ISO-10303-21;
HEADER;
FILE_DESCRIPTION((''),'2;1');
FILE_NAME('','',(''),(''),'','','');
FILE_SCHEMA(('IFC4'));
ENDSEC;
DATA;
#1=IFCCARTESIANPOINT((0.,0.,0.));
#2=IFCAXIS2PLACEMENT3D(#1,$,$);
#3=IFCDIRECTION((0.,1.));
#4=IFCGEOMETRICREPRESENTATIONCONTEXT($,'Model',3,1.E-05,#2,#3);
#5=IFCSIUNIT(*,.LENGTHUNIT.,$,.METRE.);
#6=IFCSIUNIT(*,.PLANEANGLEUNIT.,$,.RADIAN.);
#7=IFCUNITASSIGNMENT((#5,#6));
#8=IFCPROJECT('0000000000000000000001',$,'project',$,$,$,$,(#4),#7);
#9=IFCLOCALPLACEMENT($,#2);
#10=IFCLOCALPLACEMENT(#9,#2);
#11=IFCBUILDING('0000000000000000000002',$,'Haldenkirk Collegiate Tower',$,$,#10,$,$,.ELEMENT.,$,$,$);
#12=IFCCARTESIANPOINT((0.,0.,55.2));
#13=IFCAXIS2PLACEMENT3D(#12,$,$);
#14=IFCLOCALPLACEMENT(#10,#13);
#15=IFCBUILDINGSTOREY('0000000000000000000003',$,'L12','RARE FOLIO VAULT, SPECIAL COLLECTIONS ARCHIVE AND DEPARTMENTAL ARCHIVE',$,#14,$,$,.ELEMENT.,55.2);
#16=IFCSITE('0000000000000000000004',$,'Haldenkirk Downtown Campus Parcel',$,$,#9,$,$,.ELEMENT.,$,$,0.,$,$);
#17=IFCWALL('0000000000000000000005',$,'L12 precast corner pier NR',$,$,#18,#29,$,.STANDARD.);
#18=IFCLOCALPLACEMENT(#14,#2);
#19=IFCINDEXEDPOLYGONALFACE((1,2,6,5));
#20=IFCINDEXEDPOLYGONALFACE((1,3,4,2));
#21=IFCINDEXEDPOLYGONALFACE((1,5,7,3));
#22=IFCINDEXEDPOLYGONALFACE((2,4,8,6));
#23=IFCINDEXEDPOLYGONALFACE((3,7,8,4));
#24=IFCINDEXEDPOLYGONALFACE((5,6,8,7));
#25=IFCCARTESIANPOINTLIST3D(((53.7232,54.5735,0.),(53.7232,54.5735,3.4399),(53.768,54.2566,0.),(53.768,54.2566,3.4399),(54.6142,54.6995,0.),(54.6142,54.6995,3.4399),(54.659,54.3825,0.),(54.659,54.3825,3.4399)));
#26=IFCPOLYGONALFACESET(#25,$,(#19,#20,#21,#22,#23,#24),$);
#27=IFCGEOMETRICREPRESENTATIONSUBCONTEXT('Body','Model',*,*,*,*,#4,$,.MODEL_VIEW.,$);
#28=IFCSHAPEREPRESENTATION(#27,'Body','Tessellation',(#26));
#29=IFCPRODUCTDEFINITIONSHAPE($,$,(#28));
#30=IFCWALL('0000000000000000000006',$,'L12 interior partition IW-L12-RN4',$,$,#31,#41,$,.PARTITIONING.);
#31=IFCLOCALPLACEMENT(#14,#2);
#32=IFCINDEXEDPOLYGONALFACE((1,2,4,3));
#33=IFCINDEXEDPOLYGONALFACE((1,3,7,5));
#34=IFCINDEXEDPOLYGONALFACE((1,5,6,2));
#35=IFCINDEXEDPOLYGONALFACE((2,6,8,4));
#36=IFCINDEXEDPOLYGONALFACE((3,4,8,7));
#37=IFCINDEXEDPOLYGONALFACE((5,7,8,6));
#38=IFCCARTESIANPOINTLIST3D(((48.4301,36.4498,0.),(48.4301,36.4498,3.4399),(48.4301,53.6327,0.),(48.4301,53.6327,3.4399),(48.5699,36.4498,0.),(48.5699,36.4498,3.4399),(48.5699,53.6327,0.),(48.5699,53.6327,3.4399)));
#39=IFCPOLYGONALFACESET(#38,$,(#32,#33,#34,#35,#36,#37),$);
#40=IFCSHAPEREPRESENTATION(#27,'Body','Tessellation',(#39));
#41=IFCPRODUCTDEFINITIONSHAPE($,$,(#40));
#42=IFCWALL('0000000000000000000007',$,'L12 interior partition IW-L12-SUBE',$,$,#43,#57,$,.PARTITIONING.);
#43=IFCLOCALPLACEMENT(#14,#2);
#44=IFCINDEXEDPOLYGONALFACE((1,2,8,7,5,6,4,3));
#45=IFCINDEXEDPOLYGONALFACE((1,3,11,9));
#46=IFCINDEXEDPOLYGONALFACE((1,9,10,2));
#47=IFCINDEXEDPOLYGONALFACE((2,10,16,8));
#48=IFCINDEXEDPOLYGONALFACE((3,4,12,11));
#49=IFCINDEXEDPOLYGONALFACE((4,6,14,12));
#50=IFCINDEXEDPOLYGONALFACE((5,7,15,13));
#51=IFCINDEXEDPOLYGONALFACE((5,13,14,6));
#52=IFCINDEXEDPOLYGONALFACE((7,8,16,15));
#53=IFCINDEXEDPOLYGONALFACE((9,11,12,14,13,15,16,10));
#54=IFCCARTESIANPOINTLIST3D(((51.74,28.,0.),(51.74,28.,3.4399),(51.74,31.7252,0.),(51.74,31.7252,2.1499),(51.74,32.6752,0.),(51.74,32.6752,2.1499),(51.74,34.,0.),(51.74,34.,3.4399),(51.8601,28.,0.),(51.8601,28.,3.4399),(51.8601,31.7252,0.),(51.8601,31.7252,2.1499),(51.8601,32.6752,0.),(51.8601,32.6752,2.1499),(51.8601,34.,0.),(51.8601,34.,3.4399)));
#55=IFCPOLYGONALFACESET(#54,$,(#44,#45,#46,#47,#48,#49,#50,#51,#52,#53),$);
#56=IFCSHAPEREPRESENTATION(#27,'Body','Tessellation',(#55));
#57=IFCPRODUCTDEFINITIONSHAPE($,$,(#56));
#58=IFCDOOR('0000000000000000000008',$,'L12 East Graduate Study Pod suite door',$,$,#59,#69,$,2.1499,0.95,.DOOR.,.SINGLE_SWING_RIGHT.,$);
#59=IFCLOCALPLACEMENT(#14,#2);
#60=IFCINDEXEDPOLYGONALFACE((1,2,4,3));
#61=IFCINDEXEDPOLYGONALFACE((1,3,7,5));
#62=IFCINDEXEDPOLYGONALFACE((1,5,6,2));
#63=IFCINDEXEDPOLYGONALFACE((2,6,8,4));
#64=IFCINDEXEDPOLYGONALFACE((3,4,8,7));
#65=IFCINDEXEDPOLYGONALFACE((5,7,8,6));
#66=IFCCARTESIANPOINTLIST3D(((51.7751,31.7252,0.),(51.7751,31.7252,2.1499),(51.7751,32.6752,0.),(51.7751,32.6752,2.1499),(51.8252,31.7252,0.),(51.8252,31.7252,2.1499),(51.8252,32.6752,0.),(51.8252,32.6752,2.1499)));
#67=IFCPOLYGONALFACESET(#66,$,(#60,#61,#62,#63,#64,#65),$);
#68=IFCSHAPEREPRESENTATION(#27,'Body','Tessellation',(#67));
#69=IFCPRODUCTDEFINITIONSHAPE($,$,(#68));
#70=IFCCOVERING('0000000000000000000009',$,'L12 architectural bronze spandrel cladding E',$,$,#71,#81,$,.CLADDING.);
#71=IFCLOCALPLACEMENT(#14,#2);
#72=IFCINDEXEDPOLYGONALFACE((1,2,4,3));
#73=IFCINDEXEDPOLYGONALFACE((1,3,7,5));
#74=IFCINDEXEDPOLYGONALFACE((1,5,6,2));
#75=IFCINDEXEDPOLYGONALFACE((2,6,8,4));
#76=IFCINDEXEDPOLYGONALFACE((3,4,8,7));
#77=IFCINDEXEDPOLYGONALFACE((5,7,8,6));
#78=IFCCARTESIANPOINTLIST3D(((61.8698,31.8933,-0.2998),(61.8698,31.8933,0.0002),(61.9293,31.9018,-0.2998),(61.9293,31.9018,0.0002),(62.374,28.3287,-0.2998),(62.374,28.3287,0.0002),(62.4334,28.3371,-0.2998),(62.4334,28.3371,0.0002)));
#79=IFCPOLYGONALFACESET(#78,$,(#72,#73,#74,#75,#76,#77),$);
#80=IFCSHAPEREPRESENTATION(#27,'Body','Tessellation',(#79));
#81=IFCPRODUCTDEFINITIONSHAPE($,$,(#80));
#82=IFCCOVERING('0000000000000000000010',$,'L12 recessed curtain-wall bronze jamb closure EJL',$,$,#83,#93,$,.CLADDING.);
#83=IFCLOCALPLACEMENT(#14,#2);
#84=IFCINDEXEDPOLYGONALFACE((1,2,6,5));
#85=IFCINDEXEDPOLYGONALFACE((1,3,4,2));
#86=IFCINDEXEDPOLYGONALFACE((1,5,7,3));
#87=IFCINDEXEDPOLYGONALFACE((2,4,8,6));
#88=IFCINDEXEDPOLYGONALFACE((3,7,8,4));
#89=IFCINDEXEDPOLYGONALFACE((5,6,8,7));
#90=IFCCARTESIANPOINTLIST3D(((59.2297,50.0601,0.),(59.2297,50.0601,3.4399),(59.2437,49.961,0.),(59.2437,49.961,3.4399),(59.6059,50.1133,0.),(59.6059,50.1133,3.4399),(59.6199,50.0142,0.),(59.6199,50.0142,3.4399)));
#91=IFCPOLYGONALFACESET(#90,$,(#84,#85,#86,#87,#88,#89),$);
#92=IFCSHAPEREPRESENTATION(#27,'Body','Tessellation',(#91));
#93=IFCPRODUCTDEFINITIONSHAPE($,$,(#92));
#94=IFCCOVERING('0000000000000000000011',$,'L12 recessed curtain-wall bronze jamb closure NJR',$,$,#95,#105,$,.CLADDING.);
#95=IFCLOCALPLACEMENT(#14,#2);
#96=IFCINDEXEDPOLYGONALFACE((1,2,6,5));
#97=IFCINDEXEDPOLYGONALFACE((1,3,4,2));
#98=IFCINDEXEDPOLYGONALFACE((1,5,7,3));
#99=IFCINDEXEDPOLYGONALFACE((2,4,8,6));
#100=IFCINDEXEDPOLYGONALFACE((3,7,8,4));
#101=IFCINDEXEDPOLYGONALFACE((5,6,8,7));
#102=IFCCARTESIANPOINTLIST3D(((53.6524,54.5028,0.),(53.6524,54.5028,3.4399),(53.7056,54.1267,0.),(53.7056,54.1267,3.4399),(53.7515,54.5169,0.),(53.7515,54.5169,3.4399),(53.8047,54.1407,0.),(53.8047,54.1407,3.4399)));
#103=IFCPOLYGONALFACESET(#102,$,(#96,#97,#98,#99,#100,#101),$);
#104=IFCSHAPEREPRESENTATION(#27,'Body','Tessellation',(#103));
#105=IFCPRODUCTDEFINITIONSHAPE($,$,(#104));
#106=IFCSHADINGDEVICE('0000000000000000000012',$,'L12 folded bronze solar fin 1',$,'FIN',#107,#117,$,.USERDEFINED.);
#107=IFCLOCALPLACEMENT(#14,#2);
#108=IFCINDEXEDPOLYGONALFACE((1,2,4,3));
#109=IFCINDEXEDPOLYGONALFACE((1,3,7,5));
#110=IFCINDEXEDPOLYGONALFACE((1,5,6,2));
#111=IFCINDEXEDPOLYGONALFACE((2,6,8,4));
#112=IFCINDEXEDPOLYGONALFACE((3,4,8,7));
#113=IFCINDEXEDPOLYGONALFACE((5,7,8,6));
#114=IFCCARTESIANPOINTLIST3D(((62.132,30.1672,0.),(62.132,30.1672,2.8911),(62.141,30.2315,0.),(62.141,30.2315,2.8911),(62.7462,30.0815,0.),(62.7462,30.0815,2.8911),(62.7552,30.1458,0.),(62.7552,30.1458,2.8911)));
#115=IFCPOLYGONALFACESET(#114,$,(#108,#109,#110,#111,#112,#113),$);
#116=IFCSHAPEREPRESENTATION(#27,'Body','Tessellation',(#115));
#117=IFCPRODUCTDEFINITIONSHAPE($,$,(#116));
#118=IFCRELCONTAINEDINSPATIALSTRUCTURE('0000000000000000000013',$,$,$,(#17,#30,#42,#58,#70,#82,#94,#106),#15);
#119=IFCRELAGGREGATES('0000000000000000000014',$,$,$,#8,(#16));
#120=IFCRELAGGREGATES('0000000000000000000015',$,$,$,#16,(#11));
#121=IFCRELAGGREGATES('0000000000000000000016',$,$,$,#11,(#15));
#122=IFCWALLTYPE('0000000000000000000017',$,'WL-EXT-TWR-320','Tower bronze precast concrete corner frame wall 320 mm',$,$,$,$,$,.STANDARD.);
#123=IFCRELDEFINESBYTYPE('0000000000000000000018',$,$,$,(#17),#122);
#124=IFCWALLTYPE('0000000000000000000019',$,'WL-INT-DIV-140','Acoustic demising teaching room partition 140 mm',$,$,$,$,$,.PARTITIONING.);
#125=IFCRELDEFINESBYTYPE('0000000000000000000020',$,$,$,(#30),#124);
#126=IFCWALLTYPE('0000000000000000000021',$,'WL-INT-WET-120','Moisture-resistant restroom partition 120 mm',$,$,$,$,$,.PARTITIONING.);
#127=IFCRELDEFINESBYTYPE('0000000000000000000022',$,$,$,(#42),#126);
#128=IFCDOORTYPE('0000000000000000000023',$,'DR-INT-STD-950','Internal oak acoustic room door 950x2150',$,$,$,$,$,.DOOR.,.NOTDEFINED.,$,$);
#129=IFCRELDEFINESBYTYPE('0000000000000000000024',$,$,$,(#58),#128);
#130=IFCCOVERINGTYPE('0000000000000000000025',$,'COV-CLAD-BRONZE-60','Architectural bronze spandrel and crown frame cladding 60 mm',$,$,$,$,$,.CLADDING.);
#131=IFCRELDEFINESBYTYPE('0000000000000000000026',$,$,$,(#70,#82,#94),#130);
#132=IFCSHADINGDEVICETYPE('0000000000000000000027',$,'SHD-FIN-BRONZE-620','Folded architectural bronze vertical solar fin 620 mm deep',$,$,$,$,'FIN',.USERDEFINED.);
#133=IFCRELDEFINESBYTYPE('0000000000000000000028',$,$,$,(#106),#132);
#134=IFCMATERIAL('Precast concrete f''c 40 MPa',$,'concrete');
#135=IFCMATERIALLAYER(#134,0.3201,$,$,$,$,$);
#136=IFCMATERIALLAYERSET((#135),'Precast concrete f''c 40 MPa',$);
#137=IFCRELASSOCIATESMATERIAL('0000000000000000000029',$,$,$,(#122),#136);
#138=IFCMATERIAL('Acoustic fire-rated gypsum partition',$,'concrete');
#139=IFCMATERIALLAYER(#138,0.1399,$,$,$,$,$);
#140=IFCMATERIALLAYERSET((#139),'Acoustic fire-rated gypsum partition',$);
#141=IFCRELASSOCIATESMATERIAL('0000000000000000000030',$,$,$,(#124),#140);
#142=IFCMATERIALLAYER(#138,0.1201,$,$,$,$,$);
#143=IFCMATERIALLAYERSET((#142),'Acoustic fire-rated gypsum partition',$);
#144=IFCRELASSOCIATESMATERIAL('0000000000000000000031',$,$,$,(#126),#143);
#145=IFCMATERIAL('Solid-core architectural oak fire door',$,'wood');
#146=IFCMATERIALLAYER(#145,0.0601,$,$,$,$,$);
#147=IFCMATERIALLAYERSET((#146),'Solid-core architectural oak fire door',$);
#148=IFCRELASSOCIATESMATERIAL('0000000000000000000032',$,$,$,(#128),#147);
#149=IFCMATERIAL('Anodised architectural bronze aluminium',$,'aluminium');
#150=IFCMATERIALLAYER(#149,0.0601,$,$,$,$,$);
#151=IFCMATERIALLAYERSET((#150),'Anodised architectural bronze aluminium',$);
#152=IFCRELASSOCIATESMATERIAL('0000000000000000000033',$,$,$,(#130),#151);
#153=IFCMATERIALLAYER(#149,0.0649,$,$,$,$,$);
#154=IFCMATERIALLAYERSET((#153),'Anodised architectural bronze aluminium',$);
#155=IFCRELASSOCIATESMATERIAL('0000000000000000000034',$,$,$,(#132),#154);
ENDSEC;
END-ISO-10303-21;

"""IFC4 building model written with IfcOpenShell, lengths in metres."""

from ifc_helpers import new_model, si_unit, direction, frame, frame_2d, origin, origin_2d, place, context, subcontext, project, spatial, rectangle, extrude, source, transform, mapped, material, layer, layer_set, type_object, element, fill, save


model = new_model("IFC4")

# Units and contexts
model_context = context("Model", 3, precision=1e-05, world=origin(), true_north=direction((0.0, 1.0)))
body_context = subcontext(model_context, "Body", "Model", "MODEL_VIEW")
ifc_project = project(units=[si_unit("LENGTHUNIT", "METRE"), si_unit("PLANEANGLEUNIT", "RADIAN")], contexts=[model_context])

# Site, building, storey
site_placement = place(None, origin())
site = spatial("IfcSite", under=ifc_project, at=site_placement, Name="Haldenkirk Downtown Campus Parcel", CompositionType="ELEMENT", RefElevation=0.0)
building_placement = place(site_placement, origin())
building = spatial("IfcBuilding", under=site, at=building_placement, Name="Haldenkirk Collegiate Tower", CompositionType="ELEMENT")
storey_placement = place(building_placement, frame((0.0, 0.0, 55.2)))
storey = spatial("IfcBuildingStorey", under=building, at=storey_placement, Name="L12", Description="RARE FOLIO VAULT, SPECIAL COLLECTIONS ARCHIVE AND DEPARTMENTAL ARCHIVE", CompositionType="ELEMENT", Elevation=55.2)

# Shared definitions
ifc_material_1 = material(Name="Anodised architectural bronze aluminium", Category="aluminium")

# Shared definitions
ifc_material_2 = material(Name="Precast concrete f'c 40 MPa", Category="concrete")
ifc_layer_1 = layer(ifc_material_2, 0.3201)
ifc_layer_set_1 = layer_set([ifc_layer_1], Name="Precast concrete f'c 40 MPa")
wall_type_1 = type_object("IfcWallType", Name="WL-EXT-TWR-320", Description="Tower bronze precast concrete corner frame wall 320 mm", PredefinedType="STANDARD", material=ifc_layer_set_1)

# Walls
wall_1_placement = place(storey_placement, frame((53.7456, 54.415, 0.0), z_axis=(0.0, 0.0, 1.0), x_axis=(0.990155, 0.139978, 0.0)))
element("IfcWall", 1, at=wall_1_placement, inside=storey, type_object=wall_type_1, Name="L12 precast corner pier NR", PredefinedType="STANDARD", context=body_context, shape_type="SweptSolid", body=[
    extrude(rectangle(XDim=0.8999, YDim=0.3201, at=frame_2d((0.45, 0.0))), origin(), (0.0, 0.0, 1.0), 3.4399),
])
ifc_material_3 = material(Name="Acoustic fire-rated gypsum partition", Category="concrete")
ifc_layer_2 = layer(ifc_material_3, 0.1399)
ifc_layer_set_2 = layer_set([ifc_layer_2], Name="Acoustic fire-rated gypsum partition")
wall_type_2 = type_object("IfcWallType", Name="WL-INT-DIV-140", Description="Acoustic demising teaching room partition 140 mm", PredefinedType="PARTITIONING", material=ifc_layer_set_2)
wall_2_placement = place(storey_placement, frame((48.5, 36.45, 0.0), z_axis=(0.0, 0.0, 1.0), x_axis=(0.0, 1.0, 0.0)))
element("IfcWall", 2, at=wall_2_placement, inside=storey, type_object=wall_type_2, Name="L12 interior partition IW-L12-RN4", PredefinedType="PARTITIONING", context=body_context, shape_type="SweptSolid", body=[
    extrude(rectangle(XDim=17.1829, YDim=0.1399, at=frame_2d((8.5913, 0.0))), origin(), (0.0, 0.0, 1.0), 3.4399),
])

# Wall, opening, door
ifc_layer_3 = layer(ifc_material_3, 0.1201)
ifc_layer_set_3 = layer_set([ifc_layer_3], Name="Acoustic fire-rated gypsum partition")
wall_type_3 = type_object("IfcWallType", Name="WL-INT-WET-120", Description="Moisture-resistant restroom partition 120 mm", PredefinedType="PARTITIONING", material=ifc_layer_set_3)
wall_3_placement = place(storey_placement, frame((51.8, 28.0, 0.0), z_axis=(0.0, 0.0, 1.0), x_axis=(0.0, 1.0, 0.0)))
wall_3 = element("IfcWall", 3, at=wall_3_placement, inside=storey, type_object=wall_type_3, Name="L12 interior partition IW-L12-SUBE", PredefinedType="PARTITIONING", context=body_context, shape_type="SweptSolid", body=[
    extrude(rectangle(XDim=6.0, YDim=0.1201, at=frame_2d((3.0, 0.0))), origin(), (0.0, 0.0, 1.0), 3.4399),
])
opening_1_placement = place(wall_3_placement, frame((3.7251, 0.0, 0.0)))
opening_1 = element("IfcOpeningElement", 4, at=opening_1_placement, cuts=wall_3, PredefinedType="OPENING", context=body_context, shape_type="SweptSolid", body=[
    extrude(rectangle(XDim=0.95, YDim=2.1499, at=frame_2d((0.4751, 1.075))), frame((0.0, 0.0701, 0.0), z_axis=(0.0, -1.0, 0.0), x_axis=(1.0, 0.0, 0.0)), (0.0, 0.0, 1.0), 0.1401),
])
ifc_material_4 = material(Name="Solid-core architectural oak fire door", Category="wood")
ifc_layer_4 = layer(ifc_material_4, 0.0601)
ifc_layer_set_4 = layer_set([ifc_layer_4], Name="Solid-core architectural oak fire door")
door_type = type_object("IfcDoorType", Name="DR-INT-STD-950", Description="Internal oak acoustic room door 950x2150", OperationType="NOTDEFINED", PredefinedType="DOOR", material=ifc_layer_set_4)
door_placement = place(opening_1_placement, origin())
door = element("IfcDoor", 5, at=door_placement, inside=storey, type_object=door_type, Name="L12 East Graduate Study Pod suite door", OperationType="SINGLE_SWING_RIGHT", OverallHeight=2.1499, OverallWidth=0.95, PredefinedType="DOOR", context=body_context, shape_type="SweptSolid", body=[
    extrude(rectangle(XDim=0.95, YDim=2.1499, at=frame_2d((0.4751, 1.075))), frame((0.0, 0.0249, 0.0), z_axis=(0.0, -1.0, 0.0), x_axis=(1.0, 0.0, 0.0)), (0.0, 0.0, 1.0), 0.05),
])
fill(opening_1, door)

# Coverings
ifc_layer_5 = layer(ifc_material_1, 0.0601)
ifc_layer_set_5 = layer_set([ifc_layer_5], Name="Anodised architectural bronze aluminium")
covering_type = type_object("IfcCoveringType", Name="COV-CLAD-BRONZE-60", Description="Architectural bronze spandrel and crown frame cladding 60 mm", PredefinedType="CLADDING", material=ifc_layer_set_5)
shared_shape_1 = source(origin(), body_context, "Body", "SweptSolid", [
    extrude(rectangle(XDim=3.6001, YDim=0.0601, at=origin_2d()), origin(), (0.0, 0.0, 1.0), 0.3),
])
covering_placement = place(storey_placement, frame((62.1516, 30.1152, -0.2998), z_axis=(0.0, 0.0, 1.0), x_axis=(0.140037, -0.990146, 0.0)))
element("IfcCovering", 6, at=covering_placement, inside=storey, type_object=covering_type, Name="L12 architectural bronze spandrel cladding E", PredefinedType="CLADDING", context=body_context, shape_type="MappedRepresentation", body=[
    mapped(shared_shape_1, transform((0.0, 0.0, 0.0), x_axis=(1.0, 0.0, 0.0), y_axis=(0.0, 1.0, 0.0), z_axis=(0.0, 0.0, 1.0), scale=1.0)),
])
shared_shape_2 = source(origin(), body_context, "Body", "SweptSolid", [
    extrude(rectangle(XDim=0.1001, YDim=0.3799, at=origin_2d()), origin(), (0.0, 0.0, 1.0), 3.4399),
])
for number, where, z_axis, x_axis, name in (
    (7, (59.4248, 50.0371, 0.0), (0.0, 0.0, 1.0), (0.140037, -0.990146, 0.0), "L12 recessed curtain-wall bronze jamb closure EJL"),
    (8, (53.7285, 54.3218, 0.0), (0.0, 0.0, 1.0), (0.990146, 0.140037, 0.0), "L12 recessed curtain-wall bronze jamb closure NJR"),
):
    element("IfcCovering", number, at=place(storey_placement, frame(where, z_axis=z_axis, x_axis=x_axis)), inside=storey, type_object=covering_type, Name=name, PredefinedType="CLADDING", context=body_context, shape_type="MappedRepresentation", body=[
        mapped(shared_shape_2, transform((0.0, 0.0, 0.0), x_axis=(1.0, 0.0, 0.0), y_axis=(0.0, 1.0, 0.0), z_axis=(0.0, 0.0, 1.0), scale=1.0)),
    ])

# Shading device
ifc_layer_6 = layer(ifc_material_1, 0.0649)
ifc_layer_set_6 = layer_set([ifc_layer_6], Name="Anodised architectural bronze aluminium")
shading_device_type = type_object("IfcShadingDeviceType", Name="SHD-FIN-BRONZE-620", Description="Folded architectural bronze vertical solar fin 620 mm deep", ElementType="FIN", PredefinedType="USERDEFINED", material=ifc_layer_set_6)
shared_shape_3 = source(origin(), body_context, "Body", "SweptSolid", [
    extrude(rectangle(XDim=0.6201, YDim=0.0649, at=origin_2d()), origin(), (0.0, 0.0, 1.0), 2.8911),
])
shading_device_placement = place(storey_placement, frame((62.4436, 30.1565, 0.0), z_axis=(0.0, 0.0, 1.0), x_axis=(0.990389, -0.138309, 0.0)))
element("IfcShadingDevice", 9, at=shading_device_placement, inside=storey, type_object=shading_device_type, Name="L12 folded bronze solar fin 1", ObjectType="FIN", PredefinedType="USERDEFINED", context=body_context, shape_type="MappedRepresentation", body=[
    mapped(shared_shape_3, transform((0.0, 0.0, 0.0), x_axis=(1.0, 0.0, 0.0), y_axis=(0.0, 1.0, 0.0), z_axis=(0.0, 0.0, 1.0), scale=1.0)),
])

save(model, "model.ifc")
